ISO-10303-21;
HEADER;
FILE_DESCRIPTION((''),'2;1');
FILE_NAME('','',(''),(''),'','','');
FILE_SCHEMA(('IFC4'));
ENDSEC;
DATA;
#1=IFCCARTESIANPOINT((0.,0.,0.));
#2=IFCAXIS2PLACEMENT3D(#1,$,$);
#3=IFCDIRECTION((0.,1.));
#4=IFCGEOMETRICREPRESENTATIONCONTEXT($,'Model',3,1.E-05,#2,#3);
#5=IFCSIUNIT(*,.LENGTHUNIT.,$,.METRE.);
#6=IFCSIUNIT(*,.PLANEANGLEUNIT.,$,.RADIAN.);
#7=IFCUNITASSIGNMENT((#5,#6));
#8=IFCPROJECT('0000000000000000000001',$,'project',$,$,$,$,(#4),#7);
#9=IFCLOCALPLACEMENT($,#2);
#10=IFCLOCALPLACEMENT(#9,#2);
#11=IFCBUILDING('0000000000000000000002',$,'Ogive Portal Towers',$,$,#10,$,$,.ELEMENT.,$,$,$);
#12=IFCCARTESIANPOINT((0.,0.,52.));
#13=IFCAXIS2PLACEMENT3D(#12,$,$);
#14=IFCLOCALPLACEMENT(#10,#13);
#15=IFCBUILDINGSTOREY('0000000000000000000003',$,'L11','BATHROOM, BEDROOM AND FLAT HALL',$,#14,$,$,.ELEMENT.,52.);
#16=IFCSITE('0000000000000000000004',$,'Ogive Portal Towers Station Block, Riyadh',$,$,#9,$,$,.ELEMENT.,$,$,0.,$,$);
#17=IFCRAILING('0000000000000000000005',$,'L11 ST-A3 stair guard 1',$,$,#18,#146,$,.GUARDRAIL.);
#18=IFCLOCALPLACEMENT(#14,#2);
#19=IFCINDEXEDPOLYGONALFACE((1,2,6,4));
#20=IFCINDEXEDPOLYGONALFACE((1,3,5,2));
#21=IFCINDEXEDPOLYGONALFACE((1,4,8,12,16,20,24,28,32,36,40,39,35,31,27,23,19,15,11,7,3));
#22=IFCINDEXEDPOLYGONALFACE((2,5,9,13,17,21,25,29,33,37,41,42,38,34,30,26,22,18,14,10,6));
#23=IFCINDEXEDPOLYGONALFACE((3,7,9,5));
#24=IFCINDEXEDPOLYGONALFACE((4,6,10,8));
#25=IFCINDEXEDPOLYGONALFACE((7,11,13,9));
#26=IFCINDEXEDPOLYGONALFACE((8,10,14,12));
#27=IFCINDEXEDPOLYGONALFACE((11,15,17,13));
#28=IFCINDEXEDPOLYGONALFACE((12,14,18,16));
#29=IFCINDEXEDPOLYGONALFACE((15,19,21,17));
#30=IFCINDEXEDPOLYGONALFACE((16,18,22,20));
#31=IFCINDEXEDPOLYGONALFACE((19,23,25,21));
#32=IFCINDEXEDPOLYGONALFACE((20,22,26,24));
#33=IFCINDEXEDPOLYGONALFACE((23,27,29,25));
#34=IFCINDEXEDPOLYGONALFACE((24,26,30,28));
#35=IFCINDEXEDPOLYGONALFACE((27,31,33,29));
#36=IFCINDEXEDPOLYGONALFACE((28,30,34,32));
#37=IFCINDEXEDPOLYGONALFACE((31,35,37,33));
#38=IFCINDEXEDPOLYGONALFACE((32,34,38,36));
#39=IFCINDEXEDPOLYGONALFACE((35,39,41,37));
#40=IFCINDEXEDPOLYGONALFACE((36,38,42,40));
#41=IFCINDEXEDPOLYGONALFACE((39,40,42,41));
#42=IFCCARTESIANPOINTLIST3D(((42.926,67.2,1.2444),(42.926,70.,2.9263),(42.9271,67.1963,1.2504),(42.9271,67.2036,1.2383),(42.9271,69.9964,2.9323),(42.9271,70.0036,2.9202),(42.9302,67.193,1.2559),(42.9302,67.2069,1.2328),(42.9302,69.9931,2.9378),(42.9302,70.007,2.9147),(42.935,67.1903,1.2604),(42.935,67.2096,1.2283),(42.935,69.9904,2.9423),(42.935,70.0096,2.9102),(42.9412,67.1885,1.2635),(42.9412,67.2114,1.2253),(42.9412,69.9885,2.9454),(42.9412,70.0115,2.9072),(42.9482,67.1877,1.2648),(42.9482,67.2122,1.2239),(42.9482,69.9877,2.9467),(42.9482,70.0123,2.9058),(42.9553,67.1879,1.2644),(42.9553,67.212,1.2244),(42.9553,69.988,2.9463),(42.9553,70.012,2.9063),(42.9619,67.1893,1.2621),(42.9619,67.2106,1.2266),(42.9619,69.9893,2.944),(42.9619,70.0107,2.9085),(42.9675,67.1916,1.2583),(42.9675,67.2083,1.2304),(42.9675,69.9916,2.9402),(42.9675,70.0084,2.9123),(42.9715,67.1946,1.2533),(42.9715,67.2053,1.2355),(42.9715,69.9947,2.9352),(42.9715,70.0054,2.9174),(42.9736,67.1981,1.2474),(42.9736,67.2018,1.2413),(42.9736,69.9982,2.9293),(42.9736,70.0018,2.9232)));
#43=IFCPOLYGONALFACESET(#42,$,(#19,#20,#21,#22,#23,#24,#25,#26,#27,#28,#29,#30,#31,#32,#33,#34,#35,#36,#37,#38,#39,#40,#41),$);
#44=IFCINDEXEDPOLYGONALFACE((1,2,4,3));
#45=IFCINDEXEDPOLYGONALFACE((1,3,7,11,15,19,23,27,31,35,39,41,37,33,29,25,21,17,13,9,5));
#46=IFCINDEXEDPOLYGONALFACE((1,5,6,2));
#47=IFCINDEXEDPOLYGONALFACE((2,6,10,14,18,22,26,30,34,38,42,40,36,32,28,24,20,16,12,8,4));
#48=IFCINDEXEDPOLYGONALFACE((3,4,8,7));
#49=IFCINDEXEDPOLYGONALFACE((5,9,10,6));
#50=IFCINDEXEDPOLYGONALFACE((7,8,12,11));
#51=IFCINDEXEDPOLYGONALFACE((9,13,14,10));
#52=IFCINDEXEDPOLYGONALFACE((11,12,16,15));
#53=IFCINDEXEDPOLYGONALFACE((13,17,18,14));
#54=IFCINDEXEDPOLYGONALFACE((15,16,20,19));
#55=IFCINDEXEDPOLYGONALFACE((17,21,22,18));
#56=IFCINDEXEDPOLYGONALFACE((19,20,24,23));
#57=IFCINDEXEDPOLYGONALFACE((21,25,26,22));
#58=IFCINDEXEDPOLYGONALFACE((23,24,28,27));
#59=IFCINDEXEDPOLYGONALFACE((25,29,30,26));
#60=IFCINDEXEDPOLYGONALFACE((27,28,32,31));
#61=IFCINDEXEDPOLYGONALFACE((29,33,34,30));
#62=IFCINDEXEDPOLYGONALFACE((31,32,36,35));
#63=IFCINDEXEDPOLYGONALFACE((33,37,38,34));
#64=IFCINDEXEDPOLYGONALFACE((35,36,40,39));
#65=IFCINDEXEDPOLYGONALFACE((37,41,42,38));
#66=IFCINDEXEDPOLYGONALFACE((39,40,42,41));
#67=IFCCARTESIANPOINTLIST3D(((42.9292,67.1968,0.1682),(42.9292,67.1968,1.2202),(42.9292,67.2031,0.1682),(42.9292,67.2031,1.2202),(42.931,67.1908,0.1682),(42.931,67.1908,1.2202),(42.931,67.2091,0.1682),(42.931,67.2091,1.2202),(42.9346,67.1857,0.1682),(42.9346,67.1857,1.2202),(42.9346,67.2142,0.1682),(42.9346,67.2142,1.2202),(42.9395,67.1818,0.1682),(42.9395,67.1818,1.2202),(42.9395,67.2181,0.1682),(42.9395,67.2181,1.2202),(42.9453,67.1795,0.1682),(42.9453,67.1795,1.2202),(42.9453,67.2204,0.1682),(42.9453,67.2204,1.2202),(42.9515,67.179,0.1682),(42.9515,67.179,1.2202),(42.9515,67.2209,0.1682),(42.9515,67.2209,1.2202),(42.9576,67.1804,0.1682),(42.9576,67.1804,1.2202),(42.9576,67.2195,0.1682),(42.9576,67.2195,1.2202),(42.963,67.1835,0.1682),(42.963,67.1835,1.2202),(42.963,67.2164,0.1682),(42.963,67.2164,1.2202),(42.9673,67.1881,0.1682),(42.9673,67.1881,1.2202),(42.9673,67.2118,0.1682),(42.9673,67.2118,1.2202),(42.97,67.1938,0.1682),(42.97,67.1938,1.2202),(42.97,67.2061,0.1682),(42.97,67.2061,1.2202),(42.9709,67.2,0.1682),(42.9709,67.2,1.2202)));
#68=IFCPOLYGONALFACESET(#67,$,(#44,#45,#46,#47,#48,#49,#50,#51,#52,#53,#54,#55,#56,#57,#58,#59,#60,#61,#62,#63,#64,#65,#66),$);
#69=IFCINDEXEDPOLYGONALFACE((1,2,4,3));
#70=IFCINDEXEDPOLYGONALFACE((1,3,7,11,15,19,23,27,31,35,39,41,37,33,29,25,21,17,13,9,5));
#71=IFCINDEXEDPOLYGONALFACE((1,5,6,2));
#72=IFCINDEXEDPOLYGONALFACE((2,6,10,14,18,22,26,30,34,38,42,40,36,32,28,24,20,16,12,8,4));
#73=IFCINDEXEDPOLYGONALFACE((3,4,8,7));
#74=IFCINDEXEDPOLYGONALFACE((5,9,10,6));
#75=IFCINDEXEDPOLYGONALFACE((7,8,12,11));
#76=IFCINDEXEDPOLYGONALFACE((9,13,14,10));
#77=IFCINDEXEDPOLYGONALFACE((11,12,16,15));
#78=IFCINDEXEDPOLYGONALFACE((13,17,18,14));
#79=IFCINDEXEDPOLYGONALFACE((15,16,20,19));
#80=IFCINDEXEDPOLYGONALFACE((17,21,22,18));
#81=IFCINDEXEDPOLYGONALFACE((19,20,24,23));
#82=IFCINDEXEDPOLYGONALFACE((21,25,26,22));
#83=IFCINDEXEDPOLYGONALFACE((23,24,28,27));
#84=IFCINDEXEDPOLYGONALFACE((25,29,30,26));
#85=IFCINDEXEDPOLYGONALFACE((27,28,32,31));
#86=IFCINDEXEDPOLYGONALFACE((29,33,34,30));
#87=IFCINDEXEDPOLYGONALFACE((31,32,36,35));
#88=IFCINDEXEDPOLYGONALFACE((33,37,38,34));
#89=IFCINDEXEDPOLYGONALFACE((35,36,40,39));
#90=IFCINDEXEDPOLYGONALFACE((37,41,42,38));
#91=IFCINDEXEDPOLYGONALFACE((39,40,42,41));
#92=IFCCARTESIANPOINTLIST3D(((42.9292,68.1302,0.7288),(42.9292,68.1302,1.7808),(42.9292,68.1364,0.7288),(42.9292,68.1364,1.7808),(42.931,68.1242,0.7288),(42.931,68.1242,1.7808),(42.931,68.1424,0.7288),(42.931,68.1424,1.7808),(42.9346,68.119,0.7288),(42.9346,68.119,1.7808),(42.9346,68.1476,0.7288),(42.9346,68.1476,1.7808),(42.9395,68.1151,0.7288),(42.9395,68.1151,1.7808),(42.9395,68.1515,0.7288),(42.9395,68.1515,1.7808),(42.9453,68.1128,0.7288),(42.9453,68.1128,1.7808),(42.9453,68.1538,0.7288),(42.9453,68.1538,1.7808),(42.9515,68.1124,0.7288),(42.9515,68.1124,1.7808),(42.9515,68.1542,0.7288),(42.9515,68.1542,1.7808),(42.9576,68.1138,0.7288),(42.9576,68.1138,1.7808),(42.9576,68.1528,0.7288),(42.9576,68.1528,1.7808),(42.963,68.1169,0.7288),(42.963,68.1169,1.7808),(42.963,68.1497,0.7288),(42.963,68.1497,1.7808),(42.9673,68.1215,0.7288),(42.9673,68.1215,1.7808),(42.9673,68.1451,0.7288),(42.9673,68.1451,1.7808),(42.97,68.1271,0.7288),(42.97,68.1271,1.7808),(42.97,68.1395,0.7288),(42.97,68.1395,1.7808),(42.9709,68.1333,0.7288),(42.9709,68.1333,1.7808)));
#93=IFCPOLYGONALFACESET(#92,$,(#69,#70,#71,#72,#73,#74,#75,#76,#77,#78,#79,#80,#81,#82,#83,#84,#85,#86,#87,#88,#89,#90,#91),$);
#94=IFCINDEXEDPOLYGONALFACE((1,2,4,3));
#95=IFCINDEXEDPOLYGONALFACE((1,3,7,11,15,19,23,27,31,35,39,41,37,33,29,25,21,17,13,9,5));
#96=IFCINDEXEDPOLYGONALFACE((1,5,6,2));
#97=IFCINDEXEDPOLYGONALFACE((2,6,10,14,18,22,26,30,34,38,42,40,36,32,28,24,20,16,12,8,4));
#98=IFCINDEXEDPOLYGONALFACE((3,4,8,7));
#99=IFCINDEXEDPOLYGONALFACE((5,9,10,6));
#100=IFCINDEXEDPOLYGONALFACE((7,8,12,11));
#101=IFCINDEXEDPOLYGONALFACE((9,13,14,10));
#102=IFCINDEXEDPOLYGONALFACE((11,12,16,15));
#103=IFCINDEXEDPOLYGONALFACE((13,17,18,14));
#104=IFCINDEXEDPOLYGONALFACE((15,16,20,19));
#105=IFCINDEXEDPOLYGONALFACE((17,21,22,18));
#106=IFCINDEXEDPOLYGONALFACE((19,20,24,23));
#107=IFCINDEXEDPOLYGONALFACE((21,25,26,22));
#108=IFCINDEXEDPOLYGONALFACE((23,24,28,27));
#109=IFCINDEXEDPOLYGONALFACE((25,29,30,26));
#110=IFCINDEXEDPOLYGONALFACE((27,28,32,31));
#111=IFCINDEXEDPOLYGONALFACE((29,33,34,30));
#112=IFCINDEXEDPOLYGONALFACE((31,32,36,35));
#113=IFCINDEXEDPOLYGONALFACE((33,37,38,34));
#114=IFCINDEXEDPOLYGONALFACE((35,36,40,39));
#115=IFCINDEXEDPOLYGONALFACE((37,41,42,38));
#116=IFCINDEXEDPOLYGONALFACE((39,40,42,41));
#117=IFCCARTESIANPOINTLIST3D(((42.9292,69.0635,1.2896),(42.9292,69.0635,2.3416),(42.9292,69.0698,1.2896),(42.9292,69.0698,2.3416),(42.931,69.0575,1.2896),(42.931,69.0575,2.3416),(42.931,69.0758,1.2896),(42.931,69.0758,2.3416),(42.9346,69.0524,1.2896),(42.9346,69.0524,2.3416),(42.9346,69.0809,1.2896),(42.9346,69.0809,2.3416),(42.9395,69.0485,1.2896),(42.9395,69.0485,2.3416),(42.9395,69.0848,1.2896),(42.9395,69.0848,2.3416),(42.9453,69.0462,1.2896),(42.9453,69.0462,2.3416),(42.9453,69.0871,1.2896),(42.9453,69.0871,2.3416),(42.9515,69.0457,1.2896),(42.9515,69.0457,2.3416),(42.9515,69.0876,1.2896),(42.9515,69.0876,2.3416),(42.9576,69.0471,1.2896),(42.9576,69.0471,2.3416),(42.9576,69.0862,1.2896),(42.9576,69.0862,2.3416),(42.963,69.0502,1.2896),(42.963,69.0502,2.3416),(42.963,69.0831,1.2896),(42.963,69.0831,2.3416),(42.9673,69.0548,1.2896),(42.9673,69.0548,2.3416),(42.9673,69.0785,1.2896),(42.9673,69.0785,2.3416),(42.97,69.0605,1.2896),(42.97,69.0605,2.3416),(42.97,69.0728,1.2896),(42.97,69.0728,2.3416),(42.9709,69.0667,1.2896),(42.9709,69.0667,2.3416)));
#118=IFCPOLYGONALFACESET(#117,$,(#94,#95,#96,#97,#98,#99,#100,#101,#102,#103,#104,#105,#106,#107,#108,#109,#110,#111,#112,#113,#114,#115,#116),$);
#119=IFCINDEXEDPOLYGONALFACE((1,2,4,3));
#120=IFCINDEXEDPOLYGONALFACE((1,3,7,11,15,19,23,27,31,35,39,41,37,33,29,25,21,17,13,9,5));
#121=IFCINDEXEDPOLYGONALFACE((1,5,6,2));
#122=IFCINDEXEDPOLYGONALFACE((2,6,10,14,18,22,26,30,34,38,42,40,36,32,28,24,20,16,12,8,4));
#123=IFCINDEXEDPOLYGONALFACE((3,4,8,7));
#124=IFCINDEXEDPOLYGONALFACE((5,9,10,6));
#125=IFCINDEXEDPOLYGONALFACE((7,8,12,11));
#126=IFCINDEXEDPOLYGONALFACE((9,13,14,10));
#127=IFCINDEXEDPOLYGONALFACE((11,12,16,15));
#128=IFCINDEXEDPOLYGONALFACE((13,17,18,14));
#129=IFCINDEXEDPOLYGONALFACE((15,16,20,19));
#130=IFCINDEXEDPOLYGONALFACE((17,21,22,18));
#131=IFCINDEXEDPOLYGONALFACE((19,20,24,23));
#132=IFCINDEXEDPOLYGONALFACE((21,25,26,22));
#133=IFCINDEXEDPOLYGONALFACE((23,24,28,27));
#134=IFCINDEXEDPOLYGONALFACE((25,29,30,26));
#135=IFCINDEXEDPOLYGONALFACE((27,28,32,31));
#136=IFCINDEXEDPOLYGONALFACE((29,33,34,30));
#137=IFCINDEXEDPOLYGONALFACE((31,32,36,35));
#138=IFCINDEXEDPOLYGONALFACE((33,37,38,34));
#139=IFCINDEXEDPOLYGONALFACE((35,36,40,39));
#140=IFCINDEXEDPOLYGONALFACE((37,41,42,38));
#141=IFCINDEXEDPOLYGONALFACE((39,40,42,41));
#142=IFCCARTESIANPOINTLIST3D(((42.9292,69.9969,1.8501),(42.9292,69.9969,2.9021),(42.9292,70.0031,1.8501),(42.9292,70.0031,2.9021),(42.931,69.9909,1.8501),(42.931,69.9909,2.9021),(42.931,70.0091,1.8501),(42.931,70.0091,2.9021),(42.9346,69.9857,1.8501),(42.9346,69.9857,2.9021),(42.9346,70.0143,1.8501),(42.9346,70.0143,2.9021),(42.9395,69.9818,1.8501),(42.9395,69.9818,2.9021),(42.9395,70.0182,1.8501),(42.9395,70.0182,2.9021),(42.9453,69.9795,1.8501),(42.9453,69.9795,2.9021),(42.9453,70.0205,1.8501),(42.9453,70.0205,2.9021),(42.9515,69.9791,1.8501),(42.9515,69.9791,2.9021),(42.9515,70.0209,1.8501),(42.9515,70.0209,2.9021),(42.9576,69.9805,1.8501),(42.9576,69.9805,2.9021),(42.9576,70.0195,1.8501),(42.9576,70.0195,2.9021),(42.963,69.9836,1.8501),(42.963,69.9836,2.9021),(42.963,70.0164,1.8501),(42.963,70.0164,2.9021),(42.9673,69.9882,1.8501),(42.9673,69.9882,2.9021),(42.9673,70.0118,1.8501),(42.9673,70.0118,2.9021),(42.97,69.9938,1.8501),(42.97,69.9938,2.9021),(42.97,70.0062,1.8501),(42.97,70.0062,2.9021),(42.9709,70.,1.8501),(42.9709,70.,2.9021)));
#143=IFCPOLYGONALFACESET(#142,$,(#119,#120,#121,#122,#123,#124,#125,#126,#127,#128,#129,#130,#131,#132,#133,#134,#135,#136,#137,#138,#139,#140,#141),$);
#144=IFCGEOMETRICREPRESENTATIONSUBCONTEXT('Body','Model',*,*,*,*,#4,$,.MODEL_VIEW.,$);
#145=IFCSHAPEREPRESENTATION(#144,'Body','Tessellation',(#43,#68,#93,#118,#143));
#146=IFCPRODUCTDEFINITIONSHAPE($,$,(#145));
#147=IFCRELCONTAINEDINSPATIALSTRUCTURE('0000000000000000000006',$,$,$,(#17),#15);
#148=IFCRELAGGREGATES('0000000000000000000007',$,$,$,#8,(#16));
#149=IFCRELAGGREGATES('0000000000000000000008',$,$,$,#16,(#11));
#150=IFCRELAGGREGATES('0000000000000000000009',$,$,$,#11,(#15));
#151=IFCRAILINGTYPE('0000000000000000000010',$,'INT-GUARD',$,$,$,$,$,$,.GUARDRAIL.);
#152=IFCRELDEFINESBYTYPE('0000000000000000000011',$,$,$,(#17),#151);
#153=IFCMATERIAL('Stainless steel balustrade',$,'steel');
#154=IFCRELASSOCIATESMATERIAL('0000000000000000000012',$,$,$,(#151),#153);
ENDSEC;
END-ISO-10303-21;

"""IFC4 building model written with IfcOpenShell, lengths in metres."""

from ifc_helpers import new_model, si_unit, direction, frame, origin, origin_2d, place, context, subcontext, project, spatial, circle, extrude, material, type_object, element, save


model = new_model("IFC4")

# Units and contexts
model_context = context("Model", 3, precision=1e-05, world=origin(), true_north=direction((0.0, 1.0)))
body_context = subcontext(model_context, "Body", "Model", "MODEL_VIEW")
ifc_project = project(units=[si_unit("LENGTHUNIT", "METRE"), si_unit("PLANEANGLEUNIT", "RADIAN")], contexts=[model_context])

# Site, building, storey
site_placement = place(None, origin())
site = spatial("IfcSite", under=ifc_project, at=site_placement, Name="Ogive Portal Towers Station Block, Riyadh", CompositionType="ELEMENT", RefElevation=0.0)
building_placement = place(site_placement, origin())
building = spatial("IfcBuilding", under=site, at=building_placement, Name="Ogive Portal Towers", CompositionType="ELEMENT")
storey_placement = place(building_placement, frame((0.0, 0.0, 52.0)))
storey = spatial("IfcBuildingStorey", under=building, at=storey_placement, Name="L11", Description="BATHROOM, BEDROOM AND FLAT HALL", CompositionType="ELEMENT", Elevation=52.0)

# Railing
ifc_material_1 = material(Name="Stainless steel balustrade", Category="steel")
railing_type = type_object("IfcRailingType", Name="INT-GUARD", PredefinedType="GUARDRAIL", material=ifc_material_1)
railing_1_placement = place(storey_placement, frame((42.95, 67.2, 0.1682)))
element("IfcRailing", 1, at=railing_1_placement, inside=storey, type_object=railing_type, Name="L11 ST-A3 stair guard 1", PredefinedType="GUARDRAIL", context=body_context, shape_type="SweptSolid", body=[
    extrude(circle(Radius=0.0239, at=origin_2d()), frame((0.0, 0.0, 1.0762), z_axis=(0.0, 0.857242, 0.514913), x_axis=(-1.0, 0.0, 0.0)), (0.0, 0.0, 1.0), 3.2664),
    extrude(circle(Radius=0.021, at=origin_2d()), origin(), (0.0, 0.0, 1.0), 1.052),
    extrude(circle(Radius=0.021, at=origin_2d()), frame((0.0, 0.9333, 0.5605)), (0.0, 0.0, 1.0), 1.052),
    extrude(circle(Radius=0.021, at=origin_2d()), frame((0.0, 1.8667, 1.1213)), (0.0, 0.0, 1.0), 1.052),
    extrude(circle(Radius=0.021, at=origin_2d()), frame((0.0, 2.8, 1.6819)), (0.0, 0.0, 1.0), 1.052),
])

save(model, "model.ifc")
